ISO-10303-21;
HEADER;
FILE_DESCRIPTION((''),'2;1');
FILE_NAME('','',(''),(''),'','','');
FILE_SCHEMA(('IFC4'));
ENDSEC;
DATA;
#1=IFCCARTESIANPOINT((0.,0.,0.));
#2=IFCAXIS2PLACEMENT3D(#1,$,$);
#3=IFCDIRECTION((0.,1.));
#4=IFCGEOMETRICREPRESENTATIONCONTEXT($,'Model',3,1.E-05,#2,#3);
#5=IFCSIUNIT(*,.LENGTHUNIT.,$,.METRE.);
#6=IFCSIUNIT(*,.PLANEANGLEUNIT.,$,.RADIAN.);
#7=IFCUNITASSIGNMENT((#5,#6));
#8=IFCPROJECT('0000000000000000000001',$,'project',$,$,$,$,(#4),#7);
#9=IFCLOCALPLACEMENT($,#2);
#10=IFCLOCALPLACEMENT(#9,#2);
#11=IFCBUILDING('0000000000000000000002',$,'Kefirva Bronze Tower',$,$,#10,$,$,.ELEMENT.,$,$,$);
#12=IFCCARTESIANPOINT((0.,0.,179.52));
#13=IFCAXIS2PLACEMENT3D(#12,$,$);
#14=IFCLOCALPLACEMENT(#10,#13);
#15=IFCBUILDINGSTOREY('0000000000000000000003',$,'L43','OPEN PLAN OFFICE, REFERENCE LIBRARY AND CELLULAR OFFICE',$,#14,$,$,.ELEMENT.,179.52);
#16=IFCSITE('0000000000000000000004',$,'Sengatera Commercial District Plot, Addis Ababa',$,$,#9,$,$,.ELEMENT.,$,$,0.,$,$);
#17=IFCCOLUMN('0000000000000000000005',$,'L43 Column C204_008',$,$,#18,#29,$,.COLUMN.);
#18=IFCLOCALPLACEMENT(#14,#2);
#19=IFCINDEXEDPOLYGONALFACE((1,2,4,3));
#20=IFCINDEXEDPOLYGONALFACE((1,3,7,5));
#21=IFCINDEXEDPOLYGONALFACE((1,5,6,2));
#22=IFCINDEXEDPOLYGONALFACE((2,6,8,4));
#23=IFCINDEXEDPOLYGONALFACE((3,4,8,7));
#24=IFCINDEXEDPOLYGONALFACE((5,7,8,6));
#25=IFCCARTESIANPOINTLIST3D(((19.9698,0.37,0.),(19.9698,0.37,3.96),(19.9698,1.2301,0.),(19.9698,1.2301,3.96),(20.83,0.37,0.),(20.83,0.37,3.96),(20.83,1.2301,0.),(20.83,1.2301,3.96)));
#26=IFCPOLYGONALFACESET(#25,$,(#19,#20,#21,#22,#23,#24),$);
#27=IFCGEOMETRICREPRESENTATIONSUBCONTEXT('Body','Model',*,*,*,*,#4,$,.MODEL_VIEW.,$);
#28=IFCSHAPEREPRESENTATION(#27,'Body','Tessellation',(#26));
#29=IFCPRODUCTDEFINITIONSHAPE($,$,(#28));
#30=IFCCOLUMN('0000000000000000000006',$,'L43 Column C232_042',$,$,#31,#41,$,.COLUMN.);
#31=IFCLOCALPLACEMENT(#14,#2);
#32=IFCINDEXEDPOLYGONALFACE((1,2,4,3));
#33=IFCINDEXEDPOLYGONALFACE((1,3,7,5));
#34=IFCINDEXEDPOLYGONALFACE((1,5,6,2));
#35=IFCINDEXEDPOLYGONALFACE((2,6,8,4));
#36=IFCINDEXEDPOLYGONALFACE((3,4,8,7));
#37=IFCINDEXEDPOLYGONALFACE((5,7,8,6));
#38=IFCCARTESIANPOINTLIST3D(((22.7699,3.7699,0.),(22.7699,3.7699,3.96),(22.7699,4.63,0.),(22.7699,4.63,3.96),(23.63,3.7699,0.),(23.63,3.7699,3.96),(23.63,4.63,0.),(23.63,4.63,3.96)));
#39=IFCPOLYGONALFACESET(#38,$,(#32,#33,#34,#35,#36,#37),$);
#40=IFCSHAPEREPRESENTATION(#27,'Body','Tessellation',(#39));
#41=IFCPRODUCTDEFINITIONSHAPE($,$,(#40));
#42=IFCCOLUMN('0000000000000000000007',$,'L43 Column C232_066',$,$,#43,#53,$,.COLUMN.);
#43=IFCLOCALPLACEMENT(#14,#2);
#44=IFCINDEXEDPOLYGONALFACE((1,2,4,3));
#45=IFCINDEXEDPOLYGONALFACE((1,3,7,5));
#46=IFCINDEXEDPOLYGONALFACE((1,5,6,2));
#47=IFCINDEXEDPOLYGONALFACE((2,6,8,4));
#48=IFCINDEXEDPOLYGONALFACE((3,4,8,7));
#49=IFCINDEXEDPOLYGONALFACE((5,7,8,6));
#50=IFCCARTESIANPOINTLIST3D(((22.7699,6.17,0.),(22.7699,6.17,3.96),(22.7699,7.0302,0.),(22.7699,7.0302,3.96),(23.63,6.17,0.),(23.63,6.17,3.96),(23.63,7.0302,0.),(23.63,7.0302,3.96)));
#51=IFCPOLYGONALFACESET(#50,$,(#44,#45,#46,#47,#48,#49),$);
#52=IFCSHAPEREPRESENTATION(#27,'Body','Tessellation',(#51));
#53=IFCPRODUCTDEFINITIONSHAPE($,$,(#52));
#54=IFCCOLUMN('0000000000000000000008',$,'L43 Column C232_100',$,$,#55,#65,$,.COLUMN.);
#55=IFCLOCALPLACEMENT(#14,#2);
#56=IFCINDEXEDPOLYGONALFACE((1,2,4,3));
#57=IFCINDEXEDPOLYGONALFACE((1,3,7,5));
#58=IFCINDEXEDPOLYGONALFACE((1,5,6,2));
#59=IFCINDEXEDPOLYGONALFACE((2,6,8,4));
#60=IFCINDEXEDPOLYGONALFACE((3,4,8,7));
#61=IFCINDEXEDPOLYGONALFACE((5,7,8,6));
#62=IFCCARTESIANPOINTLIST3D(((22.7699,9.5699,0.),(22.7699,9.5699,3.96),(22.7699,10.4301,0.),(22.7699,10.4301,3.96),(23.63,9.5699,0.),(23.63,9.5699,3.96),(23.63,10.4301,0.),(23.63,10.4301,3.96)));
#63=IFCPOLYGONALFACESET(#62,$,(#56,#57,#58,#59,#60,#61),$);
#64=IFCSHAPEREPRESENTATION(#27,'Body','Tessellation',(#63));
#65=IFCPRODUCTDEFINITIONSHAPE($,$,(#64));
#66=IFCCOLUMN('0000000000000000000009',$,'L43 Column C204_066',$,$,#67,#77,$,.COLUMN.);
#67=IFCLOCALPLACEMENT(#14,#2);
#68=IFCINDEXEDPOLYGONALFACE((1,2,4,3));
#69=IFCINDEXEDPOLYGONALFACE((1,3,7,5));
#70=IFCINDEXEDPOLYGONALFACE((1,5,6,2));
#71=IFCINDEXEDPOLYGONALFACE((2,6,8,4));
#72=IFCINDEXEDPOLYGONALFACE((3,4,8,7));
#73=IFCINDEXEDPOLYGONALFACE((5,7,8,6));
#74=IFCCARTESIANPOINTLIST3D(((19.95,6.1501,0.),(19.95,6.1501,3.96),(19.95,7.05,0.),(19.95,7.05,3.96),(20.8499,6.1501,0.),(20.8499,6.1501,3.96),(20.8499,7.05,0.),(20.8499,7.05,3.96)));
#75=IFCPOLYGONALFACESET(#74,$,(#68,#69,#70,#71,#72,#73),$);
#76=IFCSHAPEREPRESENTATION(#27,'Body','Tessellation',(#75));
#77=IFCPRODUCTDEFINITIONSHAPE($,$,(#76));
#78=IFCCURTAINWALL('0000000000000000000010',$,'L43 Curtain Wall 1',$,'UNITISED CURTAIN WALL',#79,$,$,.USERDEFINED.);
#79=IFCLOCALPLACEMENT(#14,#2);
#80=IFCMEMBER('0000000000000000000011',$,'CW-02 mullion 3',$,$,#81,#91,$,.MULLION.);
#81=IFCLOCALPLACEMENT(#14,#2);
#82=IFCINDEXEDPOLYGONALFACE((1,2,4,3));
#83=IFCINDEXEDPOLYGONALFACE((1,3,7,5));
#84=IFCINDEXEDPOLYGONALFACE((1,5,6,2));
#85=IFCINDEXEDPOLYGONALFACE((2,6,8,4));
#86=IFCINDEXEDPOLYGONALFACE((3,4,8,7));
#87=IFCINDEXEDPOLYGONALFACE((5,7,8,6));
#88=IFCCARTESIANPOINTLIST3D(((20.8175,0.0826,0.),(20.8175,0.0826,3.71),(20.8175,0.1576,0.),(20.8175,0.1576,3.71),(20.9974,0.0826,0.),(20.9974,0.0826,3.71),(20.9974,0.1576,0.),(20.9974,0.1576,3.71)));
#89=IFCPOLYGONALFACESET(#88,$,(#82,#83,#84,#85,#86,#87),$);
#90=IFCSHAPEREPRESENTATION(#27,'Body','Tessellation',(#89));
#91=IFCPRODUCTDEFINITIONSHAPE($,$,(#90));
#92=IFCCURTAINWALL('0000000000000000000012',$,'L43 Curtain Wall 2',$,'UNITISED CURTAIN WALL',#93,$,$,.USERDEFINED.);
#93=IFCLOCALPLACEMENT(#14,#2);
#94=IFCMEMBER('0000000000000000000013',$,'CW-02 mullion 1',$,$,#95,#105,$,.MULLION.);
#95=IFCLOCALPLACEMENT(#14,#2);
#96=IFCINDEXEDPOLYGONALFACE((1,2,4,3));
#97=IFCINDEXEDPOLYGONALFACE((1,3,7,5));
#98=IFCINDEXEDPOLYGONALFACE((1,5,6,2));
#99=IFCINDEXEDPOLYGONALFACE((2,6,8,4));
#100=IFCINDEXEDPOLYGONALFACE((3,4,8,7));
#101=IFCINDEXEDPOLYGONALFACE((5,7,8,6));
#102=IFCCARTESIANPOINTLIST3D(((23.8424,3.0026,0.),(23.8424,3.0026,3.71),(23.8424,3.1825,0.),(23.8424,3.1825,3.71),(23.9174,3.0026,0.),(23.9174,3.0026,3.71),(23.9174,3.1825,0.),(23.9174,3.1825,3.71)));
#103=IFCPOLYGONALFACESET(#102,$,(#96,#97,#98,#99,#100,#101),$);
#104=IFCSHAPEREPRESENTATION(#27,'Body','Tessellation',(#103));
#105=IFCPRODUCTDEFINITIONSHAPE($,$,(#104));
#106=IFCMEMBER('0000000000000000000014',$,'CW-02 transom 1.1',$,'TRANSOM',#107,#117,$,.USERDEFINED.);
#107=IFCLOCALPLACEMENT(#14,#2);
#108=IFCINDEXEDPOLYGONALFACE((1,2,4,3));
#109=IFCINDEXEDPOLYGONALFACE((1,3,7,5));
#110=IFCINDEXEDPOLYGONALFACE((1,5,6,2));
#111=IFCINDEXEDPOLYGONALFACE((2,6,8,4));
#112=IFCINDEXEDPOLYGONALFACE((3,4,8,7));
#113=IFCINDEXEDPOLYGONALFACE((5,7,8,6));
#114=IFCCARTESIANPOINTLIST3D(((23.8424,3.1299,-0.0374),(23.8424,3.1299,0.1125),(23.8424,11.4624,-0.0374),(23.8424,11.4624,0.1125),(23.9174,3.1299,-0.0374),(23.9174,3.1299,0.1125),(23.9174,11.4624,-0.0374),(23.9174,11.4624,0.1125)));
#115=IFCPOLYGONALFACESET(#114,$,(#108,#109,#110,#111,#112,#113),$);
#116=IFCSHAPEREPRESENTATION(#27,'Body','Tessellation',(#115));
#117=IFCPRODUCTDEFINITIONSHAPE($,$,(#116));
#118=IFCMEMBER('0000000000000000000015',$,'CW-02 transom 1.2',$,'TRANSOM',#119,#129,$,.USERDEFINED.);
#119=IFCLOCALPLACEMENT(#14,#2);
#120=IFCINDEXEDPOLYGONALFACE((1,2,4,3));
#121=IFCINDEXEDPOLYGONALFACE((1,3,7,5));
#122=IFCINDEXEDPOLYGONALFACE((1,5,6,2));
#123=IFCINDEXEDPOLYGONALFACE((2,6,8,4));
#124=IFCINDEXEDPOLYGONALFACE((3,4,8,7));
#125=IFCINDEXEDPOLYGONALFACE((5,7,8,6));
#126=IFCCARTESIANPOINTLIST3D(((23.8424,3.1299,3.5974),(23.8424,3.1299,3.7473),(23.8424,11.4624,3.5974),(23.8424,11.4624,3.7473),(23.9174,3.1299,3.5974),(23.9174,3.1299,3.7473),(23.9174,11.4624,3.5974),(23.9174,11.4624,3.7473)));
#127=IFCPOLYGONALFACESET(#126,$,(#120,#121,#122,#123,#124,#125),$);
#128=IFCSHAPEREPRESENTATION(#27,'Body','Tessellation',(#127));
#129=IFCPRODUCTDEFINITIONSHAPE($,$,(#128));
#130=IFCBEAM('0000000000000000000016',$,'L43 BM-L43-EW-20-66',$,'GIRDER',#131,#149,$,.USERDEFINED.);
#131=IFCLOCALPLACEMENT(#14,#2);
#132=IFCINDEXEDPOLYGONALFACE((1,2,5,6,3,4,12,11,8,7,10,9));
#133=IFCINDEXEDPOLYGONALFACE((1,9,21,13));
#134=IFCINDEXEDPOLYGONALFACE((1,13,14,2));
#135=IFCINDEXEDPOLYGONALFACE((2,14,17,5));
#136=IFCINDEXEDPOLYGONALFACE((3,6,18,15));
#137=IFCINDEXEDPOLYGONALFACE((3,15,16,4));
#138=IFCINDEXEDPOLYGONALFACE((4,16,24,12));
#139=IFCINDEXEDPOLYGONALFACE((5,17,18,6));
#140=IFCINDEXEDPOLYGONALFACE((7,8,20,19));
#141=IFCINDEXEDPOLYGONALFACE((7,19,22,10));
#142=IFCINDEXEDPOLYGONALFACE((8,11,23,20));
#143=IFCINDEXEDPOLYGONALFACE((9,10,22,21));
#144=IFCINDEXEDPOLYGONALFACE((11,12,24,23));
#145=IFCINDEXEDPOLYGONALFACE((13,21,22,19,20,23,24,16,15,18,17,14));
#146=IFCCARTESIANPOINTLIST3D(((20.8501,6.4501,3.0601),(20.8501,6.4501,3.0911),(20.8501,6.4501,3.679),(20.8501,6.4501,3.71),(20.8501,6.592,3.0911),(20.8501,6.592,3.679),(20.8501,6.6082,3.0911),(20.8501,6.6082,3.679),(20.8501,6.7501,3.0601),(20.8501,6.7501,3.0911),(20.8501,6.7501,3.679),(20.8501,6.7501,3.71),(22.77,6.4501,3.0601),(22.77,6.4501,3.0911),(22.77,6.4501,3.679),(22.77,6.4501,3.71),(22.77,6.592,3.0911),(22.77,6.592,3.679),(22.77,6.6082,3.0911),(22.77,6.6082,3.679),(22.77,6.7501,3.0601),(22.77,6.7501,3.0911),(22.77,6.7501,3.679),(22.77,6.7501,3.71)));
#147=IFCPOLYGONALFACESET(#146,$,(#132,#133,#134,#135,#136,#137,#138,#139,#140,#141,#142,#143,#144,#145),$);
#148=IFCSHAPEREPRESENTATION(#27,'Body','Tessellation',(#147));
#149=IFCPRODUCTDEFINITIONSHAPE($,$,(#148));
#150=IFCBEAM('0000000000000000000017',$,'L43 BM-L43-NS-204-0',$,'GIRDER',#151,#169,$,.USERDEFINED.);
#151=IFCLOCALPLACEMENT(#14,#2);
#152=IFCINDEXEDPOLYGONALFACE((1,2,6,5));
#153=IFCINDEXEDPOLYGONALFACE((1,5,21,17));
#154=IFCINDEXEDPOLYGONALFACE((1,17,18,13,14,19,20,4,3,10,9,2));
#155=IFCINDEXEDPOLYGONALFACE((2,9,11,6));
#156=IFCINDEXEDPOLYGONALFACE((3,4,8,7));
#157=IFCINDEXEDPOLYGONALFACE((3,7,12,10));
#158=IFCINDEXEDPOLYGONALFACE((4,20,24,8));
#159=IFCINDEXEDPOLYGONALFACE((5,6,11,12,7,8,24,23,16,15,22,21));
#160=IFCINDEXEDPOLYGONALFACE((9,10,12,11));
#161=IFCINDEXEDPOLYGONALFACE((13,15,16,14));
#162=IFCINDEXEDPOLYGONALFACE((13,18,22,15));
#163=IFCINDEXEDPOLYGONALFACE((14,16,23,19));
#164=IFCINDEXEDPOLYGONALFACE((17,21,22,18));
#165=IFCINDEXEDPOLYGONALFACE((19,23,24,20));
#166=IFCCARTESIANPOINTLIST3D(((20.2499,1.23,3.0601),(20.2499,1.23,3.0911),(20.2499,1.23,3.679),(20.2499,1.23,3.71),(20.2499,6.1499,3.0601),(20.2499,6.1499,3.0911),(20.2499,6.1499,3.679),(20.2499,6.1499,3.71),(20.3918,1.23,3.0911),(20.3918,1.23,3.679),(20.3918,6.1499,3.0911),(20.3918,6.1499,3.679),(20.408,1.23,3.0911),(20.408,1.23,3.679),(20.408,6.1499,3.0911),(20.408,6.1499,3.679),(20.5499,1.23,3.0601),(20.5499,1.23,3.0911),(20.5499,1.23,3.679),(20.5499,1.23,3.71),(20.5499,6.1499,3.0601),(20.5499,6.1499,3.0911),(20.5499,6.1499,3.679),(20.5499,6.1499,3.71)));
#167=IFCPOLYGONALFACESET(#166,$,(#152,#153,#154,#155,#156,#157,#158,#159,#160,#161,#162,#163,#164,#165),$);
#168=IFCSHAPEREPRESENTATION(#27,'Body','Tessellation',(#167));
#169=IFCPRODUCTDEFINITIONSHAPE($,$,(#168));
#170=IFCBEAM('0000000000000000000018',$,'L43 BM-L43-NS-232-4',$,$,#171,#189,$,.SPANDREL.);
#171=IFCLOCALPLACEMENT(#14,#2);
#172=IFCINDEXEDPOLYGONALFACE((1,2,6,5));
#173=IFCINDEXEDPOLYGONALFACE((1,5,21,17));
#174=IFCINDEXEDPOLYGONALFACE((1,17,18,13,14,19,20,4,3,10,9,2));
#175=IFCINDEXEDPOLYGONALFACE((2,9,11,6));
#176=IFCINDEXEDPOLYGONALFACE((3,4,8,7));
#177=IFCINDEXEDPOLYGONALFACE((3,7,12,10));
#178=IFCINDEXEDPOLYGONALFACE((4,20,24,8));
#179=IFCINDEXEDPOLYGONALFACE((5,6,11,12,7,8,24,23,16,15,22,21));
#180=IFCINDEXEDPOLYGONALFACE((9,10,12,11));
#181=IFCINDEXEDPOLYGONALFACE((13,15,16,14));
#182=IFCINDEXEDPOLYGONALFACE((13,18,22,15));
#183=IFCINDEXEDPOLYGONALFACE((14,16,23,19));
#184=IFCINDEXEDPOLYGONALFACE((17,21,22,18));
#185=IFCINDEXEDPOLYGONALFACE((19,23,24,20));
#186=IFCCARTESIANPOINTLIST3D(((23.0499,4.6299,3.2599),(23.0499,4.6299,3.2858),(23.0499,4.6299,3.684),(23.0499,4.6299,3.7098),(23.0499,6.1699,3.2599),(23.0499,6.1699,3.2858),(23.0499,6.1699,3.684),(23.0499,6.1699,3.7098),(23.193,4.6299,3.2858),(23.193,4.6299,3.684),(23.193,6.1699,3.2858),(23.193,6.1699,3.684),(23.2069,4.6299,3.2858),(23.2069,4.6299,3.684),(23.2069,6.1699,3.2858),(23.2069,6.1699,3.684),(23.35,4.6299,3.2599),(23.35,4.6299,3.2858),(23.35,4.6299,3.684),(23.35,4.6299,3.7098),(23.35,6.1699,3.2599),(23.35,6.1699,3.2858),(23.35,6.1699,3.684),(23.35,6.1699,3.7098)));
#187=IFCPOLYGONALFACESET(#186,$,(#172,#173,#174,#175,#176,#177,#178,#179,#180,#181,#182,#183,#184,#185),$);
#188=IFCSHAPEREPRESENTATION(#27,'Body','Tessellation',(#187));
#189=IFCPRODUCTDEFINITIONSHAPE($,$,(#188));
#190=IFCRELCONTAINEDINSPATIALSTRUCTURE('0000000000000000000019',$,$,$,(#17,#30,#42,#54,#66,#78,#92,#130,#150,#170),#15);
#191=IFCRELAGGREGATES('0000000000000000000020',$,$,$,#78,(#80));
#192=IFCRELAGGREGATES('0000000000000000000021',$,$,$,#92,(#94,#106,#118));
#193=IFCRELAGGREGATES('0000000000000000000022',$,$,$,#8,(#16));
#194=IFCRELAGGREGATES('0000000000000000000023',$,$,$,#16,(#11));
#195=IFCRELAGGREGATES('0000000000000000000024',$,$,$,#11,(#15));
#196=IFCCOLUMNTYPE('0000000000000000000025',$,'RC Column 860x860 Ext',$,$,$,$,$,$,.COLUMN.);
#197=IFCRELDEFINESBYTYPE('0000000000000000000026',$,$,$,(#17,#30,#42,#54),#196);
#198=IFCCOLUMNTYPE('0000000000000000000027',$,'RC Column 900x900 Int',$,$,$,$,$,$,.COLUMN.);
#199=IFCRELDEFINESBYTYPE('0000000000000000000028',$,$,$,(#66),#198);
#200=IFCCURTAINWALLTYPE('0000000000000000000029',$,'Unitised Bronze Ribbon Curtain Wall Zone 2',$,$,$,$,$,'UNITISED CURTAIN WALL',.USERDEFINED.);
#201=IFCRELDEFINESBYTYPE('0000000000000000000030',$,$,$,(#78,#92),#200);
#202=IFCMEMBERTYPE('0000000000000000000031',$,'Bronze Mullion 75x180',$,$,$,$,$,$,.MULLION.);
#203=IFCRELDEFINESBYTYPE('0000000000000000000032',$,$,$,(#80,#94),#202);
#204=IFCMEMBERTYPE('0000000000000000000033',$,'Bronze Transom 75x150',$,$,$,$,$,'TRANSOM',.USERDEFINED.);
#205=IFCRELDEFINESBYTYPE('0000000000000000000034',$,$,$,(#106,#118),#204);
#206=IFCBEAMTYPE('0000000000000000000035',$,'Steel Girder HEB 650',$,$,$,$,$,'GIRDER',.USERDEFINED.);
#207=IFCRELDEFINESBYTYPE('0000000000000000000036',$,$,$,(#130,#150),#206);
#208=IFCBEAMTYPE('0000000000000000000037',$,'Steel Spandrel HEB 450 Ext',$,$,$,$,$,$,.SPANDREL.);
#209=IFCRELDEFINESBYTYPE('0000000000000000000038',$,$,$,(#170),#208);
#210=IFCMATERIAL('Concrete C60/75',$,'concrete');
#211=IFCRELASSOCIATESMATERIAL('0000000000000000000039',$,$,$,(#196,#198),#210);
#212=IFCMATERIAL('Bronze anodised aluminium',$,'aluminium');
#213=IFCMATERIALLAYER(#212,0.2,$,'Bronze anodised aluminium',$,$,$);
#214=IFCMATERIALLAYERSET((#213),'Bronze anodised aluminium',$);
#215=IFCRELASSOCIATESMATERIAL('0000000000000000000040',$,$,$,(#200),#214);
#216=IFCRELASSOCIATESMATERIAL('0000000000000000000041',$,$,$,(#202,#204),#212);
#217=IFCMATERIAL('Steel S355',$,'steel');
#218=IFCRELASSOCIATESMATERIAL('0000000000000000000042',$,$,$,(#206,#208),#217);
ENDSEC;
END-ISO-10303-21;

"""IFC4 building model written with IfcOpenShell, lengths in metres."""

from ifc_helpers import new_model, si_unit, direction, frame, origin, origin_2d, place, context, subcontext, project, spatial, rectangle, i_section, extrude, material, layer, layer_set, material_profile, profile_set, type_object, element, aggregate, save


model = new_model("IFC4")

# Units and contexts
model_context = context("Model", 3, precision=1e-05, world=origin(), true_north=direction((0.0, 1.0)))
body_context = subcontext(model_context, "Body", "Model", "MODEL_VIEW")
ifc_project = project(units=[si_unit("LENGTHUNIT", "METRE"), si_unit("PLANEANGLEUNIT", "RADIAN")], contexts=[model_context])

# Site, building, storey
site_placement = place(None, origin())
site = spatial("IfcSite", under=ifc_project, at=site_placement, Name="Sengatera Commercial District Plot, Addis Ababa", CompositionType="ELEMENT", RefElevation=0.0)
building_placement = place(site_placement, origin())
building = spatial("IfcBuilding", under=site, at=building_placement, Name="Kefirva Bronze Tower", CompositionType="ELEMENT")
storey_placement = place(building_placement, frame((0.0, 0.0, 179.52)))
storey = spatial("IfcBuildingStorey", under=building, at=storey_placement, Name="L43", Description="OPEN PLAN OFFICE, REFERENCE LIBRARY AND CELLULAR OFFICE", CompositionType="ELEMENT", Elevation=179.52)

# Columns
ifc_material_1 = material(Name="Concrete C60/75", Category="concrete")
ifc_material_profile_1 = material_profile(ifc_material_1, rectangle(XDim=0.8601, YDim=0.8601, at=origin_2d()), Name="RC 860x860")
ifc_profile_set_1 = profile_set([ifc_material_profile_1], Name="Concrete C60/75")
column_type_1 = type_object("IfcColumnType", Name="RC Column 860x860 Ext", PredefinedType="COLUMN", material=ifc_profile_set_1)
for number, where, z_axis, x_axis, name in (
    (1, (20.3999, 0.8, 0.0), (0.0, 0.0, 1.0), (1.0, 0.0, 0.0), "L43 Column C204_008"),
    (2, (23.2, 4.2, 0.0), (0.0, 0.0, 1.0), (1.0, 0.0, 0.0), "L43 Column C232_042"),
    (3, (23.2, 6.6001, 0.0), (0.0, 0.0, 1.0), (1.0, 0.0, 0.0), "L43 Column C232_066"),
    (4, (23.2, 10.0, 0.0), (0.0, 0.0, 1.0), (1.0, 0.0, 0.0), "L43 Column C232_100"),
):
    element("IfcColumn", number, at=place(storey_placement, frame(where, z_axis=z_axis, x_axis=x_axis)), inside=storey, type_object=column_type_1, Name=name, PredefinedType="COLUMN", context=body_context, shape_type="SweptSolid", body=[
        extrude(rectangle(XDim=0.8601, YDim=0.8601, at=origin_2d()), origin(), (0.0, 0.0, 1.0), 3.96),
    ])
ifc_material_profile_2 = material_profile(ifc_material_1, rectangle(XDim=0.8999, YDim=0.8999, at=origin_2d()), Name="RC 900x900")
ifc_profile_set_2 = profile_set([ifc_material_profile_2], Name="Concrete C60/75")
column_type_2 = type_object("IfcColumnType", Name="RC Column 900x900 Int", PredefinedType="COLUMN", material=ifc_profile_set_2)
column_placement = place(storey_placement, frame((20.3999, 6.6001, 0.0), z_axis=(0.0, 0.0, 1.0), x_axis=(1.0, 0.0, 0.0)))
element("IfcColumn", 5, at=column_placement, inside=storey, type_object=column_type_2, Name="L43 Column C204_066", PredefinedType="COLUMN", context=body_context, shape_type="SweptSolid", body=[
    extrude(rectangle(XDim=0.8999, YDim=0.8999, at=origin_2d()), origin(), (0.0, 0.0, 1.0), 3.96),
])

# Curtain wall, member
ifc_material_2 = material(Name="Bronze anodised aluminium", Category="aluminium")
ifc_layer_1 = layer(ifc_material_2, 0.2, Name="Bronze anodised aluminium")
ifc_layer_set_1 = layer_set([ifc_layer_1], Name="Bronze anodised aluminium")
curtain_wall_type = type_object("IfcCurtainWallType", Name="Unitised Bronze Ribbon Curtain Wall Zone 2", ElementType="UNITISED CURTAIN WALL", PredefinedType="USERDEFINED", material=ifc_layer_set_1)
curtain_wall_1_placement = place(storey_placement, origin())
curtain_wall_1 = element("IfcCurtainWall", 6, at=curtain_wall_1_placement, inside=storey, type_object=curtain_wall_type, Name="L43 Curtain Wall 1", ObjectType="UNITISED CURTAIN WALL", PredefinedType="USERDEFINED")
ifc_material_profile_3 = material_profile(ifc_material_2, rectangle(XDim=0.075, YDim=0.1799, at=origin_2d()), Name="ALU 75x180")
ifc_profile_set_3 = profile_set([ifc_material_profile_3], Name="Bronze anodised aluminium")
member_type_1 = type_object("IfcMemberType", Name="Bronze Mullion 75x180", PredefinedType="MULLION", material=ifc_profile_set_3)
member_1_placement = place(storey_placement, frame((20.9075, 0.1201, 0.0), z_axis=(0.0, 0.0, 1.0), x_axis=(0.0, 1.0, 0.0)))
member_1 = element("IfcMember", 7, at=member_1_placement, type_object=member_type_1, Name="CW-02 mullion 3", PredefinedType="MULLION", context=body_context, shape_type="SweptSolid", body=[
    extrude(rectangle(XDim=0.075, YDim=0.1799, at=origin_2d()), origin(), (0.0, 0.0, 1.0), 3.71),
])
aggregate(curtain_wall_1, [member_1])

# Curtain wall, members
curtain_wall_2_placement = place(storey_placement, origin())
curtain_wall_2 = element("IfcCurtainWall", 8, at=curtain_wall_2_placement, inside=storey, type_object=curtain_wall_type, Name="L43 Curtain Wall 2", ObjectType="UNITISED CURTAIN WALL", PredefinedType="USERDEFINED")
member_2_placement = place(storey_placement, frame((23.8799, 3.0925, 0.0), z_axis=(0.0, 0.0, 1.0), x_axis=(-1.0, 0.0, 0.0)))
member_2 = element("IfcMember", 9, at=member_2_placement, type_object=member_type_1, Name="CW-02 mullion 1", PredefinedType="MULLION", context=body_context, shape_type="SweptSolid", body=[
    extrude(rectangle(XDim=0.075, YDim=0.1799, at=origin_2d()), origin(), (0.0, 0.0, 1.0), 3.71),
])
ifc_material_profile_4 = material_profile(ifc_material_2, rectangle(XDim=0.075, YDim=0.1499, at=origin_2d()), Name="ALU 75x150")
ifc_profile_set_4 = profile_set([ifc_material_profile_4], Name="Bronze anodised aluminium")
member_type_2 = type_object("IfcMemberType", Name="Bronze Transom 75x150", ElementType="TRANSOM", PredefinedType="USERDEFINED", material=ifc_profile_set_4)
member_3_placement = place(storey_placement, frame((23.8799, 3.1299, 0.0376), z_axis=(0.0, 1.0, 0.0), x_axis=(-1.0, 0.0, 0.0)))
member_3 = element("IfcMember", 10, at=member_3_placement, type_object=member_type_2, Name="CW-02 transom 1.1", ObjectType="TRANSOM", PredefinedType="USERDEFINED", context=body_context, shape_type="SweptSolid", body=[
    extrude(rectangle(XDim=0.075, YDim=0.1499, at=origin_2d()), origin(), (0.0, 0.0, 1.0), 8.3325),
])
member_4_placement = place(storey_placement, frame((23.8799, 3.1299, 3.6724), z_axis=(0.0, 1.0, 0.0), x_axis=(-1.0, 0.0, 0.0)))
member_4 = element("IfcMember", 11, at=member_4_placement, type_object=member_type_2, Name="CW-02 transom 1.2", ObjectType="TRANSOM", PredefinedType="USERDEFINED", context=body_context, shape_type="SweptSolid", body=[
    extrude(rectangle(XDim=0.075, YDim=0.1499, at=origin_2d()), origin(), (0.0, 0.0, 1.0), 8.3325),
])

# Beams
ifc_material_3 = material(Name="Steel S355", Category="steel")
ifc_material_profile_5 = material_profile(ifc_material_3, i_section(OverallWidth=0.3, OverallDepth=0.6499, WebThickness=0.0161, FlangeThickness=0.031, at=origin_2d()), Name="HEB 650")
ifc_profile_set_5 = profile_set([ifc_material_profile_5], Name="Steel S355")
beam_type_1 = type_object("IfcBeamType", Name="Steel Girder HEB 650", ElementType="GIRDER", PredefinedType="USERDEFINED", material=ifc_profile_set_5)
beam_1_placement = place(storey_placement, frame((20.8501, 6.6001, 3.385), z_axis=(1.0, 0.0, 0.0), x_axis=(0.0, 1.0, 0.0)))
element("IfcBeam", 12, at=beam_1_placement, inside=storey, type_object=beam_type_1, Name="L43 BM-L43-EW-20-66", ObjectType="GIRDER", PredefinedType="USERDEFINED", context=body_context, shape_type="SweptSolid", body=[
    extrude(i_section(OverallWidth=0.3, OverallDepth=0.6499, WebThickness=0.0161, FlangeThickness=0.031, at=origin_2d()), origin(), (0.0, 0.0, 1.0), 1.9199),
])
beam_2_placement = place(storey_placement, frame((20.3999, 1.23, 3.385), z_axis=(0.0, 1.0, 0.0), x_axis=(-1.0, 0.0, 0.0)))
element("IfcBeam", 13, at=beam_2_placement, inside=storey, type_object=beam_type_1, Name="L43 BM-L43-NS-204-0", ObjectType="GIRDER", PredefinedType="USERDEFINED", context=body_context, shape_type="SweptSolid", body=[
    extrude(i_section(OverallWidth=0.3, OverallDepth=0.6499, WebThickness=0.0161, FlangeThickness=0.031, at=origin_2d()), origin(), (0.0, 0.0, 1.0), 4.9199),
])
ifc_material_profile_6 = material_profile(ifc_material_3, i_section(OverallWidth=0.3, OverallDepth=0.45, WebThickness=0.0139, FlangeThickness=0.0259, at=origin_2d()), Name="HEB 450")
ifc_profile_set_6 = profile_set([ifc_material_profile_6], Name="Steel S355")
beam_type_2 = type_object("IfcBeamType", Name="Steel Spandrel HEB 450 Ext", PredefinedType="SPANDREL", material=ifc_profile_set_6)
beam_3_placement = place(storey_placement, frame((23.2, 4.6299, 3.4849), z_axis=(0.0, 1.0, 0.0), x_axis=(-1.0, 0.0, 0.0)))
element("IfcBeam", 14, at=beam_3_placement, inside=storey, type_object=beam_type_2, Name="L43 BM-L43-NS-232-4", PredefinedType="SPANDREL", context=body_context, shape_type="SweptSolid", body=[
    extrude(i_section(OverallWidth=0.3, OverallDepth=0.45, WebThickness=0.0139, FlangeThickness=0.0259, at=origin_2d()), origin(), (0.0, 0.0, 1.0), 1.54),
])

aggregate(curtain_wall_2, [member_2, member_3, member_4])

save(model, "model.ifc")
